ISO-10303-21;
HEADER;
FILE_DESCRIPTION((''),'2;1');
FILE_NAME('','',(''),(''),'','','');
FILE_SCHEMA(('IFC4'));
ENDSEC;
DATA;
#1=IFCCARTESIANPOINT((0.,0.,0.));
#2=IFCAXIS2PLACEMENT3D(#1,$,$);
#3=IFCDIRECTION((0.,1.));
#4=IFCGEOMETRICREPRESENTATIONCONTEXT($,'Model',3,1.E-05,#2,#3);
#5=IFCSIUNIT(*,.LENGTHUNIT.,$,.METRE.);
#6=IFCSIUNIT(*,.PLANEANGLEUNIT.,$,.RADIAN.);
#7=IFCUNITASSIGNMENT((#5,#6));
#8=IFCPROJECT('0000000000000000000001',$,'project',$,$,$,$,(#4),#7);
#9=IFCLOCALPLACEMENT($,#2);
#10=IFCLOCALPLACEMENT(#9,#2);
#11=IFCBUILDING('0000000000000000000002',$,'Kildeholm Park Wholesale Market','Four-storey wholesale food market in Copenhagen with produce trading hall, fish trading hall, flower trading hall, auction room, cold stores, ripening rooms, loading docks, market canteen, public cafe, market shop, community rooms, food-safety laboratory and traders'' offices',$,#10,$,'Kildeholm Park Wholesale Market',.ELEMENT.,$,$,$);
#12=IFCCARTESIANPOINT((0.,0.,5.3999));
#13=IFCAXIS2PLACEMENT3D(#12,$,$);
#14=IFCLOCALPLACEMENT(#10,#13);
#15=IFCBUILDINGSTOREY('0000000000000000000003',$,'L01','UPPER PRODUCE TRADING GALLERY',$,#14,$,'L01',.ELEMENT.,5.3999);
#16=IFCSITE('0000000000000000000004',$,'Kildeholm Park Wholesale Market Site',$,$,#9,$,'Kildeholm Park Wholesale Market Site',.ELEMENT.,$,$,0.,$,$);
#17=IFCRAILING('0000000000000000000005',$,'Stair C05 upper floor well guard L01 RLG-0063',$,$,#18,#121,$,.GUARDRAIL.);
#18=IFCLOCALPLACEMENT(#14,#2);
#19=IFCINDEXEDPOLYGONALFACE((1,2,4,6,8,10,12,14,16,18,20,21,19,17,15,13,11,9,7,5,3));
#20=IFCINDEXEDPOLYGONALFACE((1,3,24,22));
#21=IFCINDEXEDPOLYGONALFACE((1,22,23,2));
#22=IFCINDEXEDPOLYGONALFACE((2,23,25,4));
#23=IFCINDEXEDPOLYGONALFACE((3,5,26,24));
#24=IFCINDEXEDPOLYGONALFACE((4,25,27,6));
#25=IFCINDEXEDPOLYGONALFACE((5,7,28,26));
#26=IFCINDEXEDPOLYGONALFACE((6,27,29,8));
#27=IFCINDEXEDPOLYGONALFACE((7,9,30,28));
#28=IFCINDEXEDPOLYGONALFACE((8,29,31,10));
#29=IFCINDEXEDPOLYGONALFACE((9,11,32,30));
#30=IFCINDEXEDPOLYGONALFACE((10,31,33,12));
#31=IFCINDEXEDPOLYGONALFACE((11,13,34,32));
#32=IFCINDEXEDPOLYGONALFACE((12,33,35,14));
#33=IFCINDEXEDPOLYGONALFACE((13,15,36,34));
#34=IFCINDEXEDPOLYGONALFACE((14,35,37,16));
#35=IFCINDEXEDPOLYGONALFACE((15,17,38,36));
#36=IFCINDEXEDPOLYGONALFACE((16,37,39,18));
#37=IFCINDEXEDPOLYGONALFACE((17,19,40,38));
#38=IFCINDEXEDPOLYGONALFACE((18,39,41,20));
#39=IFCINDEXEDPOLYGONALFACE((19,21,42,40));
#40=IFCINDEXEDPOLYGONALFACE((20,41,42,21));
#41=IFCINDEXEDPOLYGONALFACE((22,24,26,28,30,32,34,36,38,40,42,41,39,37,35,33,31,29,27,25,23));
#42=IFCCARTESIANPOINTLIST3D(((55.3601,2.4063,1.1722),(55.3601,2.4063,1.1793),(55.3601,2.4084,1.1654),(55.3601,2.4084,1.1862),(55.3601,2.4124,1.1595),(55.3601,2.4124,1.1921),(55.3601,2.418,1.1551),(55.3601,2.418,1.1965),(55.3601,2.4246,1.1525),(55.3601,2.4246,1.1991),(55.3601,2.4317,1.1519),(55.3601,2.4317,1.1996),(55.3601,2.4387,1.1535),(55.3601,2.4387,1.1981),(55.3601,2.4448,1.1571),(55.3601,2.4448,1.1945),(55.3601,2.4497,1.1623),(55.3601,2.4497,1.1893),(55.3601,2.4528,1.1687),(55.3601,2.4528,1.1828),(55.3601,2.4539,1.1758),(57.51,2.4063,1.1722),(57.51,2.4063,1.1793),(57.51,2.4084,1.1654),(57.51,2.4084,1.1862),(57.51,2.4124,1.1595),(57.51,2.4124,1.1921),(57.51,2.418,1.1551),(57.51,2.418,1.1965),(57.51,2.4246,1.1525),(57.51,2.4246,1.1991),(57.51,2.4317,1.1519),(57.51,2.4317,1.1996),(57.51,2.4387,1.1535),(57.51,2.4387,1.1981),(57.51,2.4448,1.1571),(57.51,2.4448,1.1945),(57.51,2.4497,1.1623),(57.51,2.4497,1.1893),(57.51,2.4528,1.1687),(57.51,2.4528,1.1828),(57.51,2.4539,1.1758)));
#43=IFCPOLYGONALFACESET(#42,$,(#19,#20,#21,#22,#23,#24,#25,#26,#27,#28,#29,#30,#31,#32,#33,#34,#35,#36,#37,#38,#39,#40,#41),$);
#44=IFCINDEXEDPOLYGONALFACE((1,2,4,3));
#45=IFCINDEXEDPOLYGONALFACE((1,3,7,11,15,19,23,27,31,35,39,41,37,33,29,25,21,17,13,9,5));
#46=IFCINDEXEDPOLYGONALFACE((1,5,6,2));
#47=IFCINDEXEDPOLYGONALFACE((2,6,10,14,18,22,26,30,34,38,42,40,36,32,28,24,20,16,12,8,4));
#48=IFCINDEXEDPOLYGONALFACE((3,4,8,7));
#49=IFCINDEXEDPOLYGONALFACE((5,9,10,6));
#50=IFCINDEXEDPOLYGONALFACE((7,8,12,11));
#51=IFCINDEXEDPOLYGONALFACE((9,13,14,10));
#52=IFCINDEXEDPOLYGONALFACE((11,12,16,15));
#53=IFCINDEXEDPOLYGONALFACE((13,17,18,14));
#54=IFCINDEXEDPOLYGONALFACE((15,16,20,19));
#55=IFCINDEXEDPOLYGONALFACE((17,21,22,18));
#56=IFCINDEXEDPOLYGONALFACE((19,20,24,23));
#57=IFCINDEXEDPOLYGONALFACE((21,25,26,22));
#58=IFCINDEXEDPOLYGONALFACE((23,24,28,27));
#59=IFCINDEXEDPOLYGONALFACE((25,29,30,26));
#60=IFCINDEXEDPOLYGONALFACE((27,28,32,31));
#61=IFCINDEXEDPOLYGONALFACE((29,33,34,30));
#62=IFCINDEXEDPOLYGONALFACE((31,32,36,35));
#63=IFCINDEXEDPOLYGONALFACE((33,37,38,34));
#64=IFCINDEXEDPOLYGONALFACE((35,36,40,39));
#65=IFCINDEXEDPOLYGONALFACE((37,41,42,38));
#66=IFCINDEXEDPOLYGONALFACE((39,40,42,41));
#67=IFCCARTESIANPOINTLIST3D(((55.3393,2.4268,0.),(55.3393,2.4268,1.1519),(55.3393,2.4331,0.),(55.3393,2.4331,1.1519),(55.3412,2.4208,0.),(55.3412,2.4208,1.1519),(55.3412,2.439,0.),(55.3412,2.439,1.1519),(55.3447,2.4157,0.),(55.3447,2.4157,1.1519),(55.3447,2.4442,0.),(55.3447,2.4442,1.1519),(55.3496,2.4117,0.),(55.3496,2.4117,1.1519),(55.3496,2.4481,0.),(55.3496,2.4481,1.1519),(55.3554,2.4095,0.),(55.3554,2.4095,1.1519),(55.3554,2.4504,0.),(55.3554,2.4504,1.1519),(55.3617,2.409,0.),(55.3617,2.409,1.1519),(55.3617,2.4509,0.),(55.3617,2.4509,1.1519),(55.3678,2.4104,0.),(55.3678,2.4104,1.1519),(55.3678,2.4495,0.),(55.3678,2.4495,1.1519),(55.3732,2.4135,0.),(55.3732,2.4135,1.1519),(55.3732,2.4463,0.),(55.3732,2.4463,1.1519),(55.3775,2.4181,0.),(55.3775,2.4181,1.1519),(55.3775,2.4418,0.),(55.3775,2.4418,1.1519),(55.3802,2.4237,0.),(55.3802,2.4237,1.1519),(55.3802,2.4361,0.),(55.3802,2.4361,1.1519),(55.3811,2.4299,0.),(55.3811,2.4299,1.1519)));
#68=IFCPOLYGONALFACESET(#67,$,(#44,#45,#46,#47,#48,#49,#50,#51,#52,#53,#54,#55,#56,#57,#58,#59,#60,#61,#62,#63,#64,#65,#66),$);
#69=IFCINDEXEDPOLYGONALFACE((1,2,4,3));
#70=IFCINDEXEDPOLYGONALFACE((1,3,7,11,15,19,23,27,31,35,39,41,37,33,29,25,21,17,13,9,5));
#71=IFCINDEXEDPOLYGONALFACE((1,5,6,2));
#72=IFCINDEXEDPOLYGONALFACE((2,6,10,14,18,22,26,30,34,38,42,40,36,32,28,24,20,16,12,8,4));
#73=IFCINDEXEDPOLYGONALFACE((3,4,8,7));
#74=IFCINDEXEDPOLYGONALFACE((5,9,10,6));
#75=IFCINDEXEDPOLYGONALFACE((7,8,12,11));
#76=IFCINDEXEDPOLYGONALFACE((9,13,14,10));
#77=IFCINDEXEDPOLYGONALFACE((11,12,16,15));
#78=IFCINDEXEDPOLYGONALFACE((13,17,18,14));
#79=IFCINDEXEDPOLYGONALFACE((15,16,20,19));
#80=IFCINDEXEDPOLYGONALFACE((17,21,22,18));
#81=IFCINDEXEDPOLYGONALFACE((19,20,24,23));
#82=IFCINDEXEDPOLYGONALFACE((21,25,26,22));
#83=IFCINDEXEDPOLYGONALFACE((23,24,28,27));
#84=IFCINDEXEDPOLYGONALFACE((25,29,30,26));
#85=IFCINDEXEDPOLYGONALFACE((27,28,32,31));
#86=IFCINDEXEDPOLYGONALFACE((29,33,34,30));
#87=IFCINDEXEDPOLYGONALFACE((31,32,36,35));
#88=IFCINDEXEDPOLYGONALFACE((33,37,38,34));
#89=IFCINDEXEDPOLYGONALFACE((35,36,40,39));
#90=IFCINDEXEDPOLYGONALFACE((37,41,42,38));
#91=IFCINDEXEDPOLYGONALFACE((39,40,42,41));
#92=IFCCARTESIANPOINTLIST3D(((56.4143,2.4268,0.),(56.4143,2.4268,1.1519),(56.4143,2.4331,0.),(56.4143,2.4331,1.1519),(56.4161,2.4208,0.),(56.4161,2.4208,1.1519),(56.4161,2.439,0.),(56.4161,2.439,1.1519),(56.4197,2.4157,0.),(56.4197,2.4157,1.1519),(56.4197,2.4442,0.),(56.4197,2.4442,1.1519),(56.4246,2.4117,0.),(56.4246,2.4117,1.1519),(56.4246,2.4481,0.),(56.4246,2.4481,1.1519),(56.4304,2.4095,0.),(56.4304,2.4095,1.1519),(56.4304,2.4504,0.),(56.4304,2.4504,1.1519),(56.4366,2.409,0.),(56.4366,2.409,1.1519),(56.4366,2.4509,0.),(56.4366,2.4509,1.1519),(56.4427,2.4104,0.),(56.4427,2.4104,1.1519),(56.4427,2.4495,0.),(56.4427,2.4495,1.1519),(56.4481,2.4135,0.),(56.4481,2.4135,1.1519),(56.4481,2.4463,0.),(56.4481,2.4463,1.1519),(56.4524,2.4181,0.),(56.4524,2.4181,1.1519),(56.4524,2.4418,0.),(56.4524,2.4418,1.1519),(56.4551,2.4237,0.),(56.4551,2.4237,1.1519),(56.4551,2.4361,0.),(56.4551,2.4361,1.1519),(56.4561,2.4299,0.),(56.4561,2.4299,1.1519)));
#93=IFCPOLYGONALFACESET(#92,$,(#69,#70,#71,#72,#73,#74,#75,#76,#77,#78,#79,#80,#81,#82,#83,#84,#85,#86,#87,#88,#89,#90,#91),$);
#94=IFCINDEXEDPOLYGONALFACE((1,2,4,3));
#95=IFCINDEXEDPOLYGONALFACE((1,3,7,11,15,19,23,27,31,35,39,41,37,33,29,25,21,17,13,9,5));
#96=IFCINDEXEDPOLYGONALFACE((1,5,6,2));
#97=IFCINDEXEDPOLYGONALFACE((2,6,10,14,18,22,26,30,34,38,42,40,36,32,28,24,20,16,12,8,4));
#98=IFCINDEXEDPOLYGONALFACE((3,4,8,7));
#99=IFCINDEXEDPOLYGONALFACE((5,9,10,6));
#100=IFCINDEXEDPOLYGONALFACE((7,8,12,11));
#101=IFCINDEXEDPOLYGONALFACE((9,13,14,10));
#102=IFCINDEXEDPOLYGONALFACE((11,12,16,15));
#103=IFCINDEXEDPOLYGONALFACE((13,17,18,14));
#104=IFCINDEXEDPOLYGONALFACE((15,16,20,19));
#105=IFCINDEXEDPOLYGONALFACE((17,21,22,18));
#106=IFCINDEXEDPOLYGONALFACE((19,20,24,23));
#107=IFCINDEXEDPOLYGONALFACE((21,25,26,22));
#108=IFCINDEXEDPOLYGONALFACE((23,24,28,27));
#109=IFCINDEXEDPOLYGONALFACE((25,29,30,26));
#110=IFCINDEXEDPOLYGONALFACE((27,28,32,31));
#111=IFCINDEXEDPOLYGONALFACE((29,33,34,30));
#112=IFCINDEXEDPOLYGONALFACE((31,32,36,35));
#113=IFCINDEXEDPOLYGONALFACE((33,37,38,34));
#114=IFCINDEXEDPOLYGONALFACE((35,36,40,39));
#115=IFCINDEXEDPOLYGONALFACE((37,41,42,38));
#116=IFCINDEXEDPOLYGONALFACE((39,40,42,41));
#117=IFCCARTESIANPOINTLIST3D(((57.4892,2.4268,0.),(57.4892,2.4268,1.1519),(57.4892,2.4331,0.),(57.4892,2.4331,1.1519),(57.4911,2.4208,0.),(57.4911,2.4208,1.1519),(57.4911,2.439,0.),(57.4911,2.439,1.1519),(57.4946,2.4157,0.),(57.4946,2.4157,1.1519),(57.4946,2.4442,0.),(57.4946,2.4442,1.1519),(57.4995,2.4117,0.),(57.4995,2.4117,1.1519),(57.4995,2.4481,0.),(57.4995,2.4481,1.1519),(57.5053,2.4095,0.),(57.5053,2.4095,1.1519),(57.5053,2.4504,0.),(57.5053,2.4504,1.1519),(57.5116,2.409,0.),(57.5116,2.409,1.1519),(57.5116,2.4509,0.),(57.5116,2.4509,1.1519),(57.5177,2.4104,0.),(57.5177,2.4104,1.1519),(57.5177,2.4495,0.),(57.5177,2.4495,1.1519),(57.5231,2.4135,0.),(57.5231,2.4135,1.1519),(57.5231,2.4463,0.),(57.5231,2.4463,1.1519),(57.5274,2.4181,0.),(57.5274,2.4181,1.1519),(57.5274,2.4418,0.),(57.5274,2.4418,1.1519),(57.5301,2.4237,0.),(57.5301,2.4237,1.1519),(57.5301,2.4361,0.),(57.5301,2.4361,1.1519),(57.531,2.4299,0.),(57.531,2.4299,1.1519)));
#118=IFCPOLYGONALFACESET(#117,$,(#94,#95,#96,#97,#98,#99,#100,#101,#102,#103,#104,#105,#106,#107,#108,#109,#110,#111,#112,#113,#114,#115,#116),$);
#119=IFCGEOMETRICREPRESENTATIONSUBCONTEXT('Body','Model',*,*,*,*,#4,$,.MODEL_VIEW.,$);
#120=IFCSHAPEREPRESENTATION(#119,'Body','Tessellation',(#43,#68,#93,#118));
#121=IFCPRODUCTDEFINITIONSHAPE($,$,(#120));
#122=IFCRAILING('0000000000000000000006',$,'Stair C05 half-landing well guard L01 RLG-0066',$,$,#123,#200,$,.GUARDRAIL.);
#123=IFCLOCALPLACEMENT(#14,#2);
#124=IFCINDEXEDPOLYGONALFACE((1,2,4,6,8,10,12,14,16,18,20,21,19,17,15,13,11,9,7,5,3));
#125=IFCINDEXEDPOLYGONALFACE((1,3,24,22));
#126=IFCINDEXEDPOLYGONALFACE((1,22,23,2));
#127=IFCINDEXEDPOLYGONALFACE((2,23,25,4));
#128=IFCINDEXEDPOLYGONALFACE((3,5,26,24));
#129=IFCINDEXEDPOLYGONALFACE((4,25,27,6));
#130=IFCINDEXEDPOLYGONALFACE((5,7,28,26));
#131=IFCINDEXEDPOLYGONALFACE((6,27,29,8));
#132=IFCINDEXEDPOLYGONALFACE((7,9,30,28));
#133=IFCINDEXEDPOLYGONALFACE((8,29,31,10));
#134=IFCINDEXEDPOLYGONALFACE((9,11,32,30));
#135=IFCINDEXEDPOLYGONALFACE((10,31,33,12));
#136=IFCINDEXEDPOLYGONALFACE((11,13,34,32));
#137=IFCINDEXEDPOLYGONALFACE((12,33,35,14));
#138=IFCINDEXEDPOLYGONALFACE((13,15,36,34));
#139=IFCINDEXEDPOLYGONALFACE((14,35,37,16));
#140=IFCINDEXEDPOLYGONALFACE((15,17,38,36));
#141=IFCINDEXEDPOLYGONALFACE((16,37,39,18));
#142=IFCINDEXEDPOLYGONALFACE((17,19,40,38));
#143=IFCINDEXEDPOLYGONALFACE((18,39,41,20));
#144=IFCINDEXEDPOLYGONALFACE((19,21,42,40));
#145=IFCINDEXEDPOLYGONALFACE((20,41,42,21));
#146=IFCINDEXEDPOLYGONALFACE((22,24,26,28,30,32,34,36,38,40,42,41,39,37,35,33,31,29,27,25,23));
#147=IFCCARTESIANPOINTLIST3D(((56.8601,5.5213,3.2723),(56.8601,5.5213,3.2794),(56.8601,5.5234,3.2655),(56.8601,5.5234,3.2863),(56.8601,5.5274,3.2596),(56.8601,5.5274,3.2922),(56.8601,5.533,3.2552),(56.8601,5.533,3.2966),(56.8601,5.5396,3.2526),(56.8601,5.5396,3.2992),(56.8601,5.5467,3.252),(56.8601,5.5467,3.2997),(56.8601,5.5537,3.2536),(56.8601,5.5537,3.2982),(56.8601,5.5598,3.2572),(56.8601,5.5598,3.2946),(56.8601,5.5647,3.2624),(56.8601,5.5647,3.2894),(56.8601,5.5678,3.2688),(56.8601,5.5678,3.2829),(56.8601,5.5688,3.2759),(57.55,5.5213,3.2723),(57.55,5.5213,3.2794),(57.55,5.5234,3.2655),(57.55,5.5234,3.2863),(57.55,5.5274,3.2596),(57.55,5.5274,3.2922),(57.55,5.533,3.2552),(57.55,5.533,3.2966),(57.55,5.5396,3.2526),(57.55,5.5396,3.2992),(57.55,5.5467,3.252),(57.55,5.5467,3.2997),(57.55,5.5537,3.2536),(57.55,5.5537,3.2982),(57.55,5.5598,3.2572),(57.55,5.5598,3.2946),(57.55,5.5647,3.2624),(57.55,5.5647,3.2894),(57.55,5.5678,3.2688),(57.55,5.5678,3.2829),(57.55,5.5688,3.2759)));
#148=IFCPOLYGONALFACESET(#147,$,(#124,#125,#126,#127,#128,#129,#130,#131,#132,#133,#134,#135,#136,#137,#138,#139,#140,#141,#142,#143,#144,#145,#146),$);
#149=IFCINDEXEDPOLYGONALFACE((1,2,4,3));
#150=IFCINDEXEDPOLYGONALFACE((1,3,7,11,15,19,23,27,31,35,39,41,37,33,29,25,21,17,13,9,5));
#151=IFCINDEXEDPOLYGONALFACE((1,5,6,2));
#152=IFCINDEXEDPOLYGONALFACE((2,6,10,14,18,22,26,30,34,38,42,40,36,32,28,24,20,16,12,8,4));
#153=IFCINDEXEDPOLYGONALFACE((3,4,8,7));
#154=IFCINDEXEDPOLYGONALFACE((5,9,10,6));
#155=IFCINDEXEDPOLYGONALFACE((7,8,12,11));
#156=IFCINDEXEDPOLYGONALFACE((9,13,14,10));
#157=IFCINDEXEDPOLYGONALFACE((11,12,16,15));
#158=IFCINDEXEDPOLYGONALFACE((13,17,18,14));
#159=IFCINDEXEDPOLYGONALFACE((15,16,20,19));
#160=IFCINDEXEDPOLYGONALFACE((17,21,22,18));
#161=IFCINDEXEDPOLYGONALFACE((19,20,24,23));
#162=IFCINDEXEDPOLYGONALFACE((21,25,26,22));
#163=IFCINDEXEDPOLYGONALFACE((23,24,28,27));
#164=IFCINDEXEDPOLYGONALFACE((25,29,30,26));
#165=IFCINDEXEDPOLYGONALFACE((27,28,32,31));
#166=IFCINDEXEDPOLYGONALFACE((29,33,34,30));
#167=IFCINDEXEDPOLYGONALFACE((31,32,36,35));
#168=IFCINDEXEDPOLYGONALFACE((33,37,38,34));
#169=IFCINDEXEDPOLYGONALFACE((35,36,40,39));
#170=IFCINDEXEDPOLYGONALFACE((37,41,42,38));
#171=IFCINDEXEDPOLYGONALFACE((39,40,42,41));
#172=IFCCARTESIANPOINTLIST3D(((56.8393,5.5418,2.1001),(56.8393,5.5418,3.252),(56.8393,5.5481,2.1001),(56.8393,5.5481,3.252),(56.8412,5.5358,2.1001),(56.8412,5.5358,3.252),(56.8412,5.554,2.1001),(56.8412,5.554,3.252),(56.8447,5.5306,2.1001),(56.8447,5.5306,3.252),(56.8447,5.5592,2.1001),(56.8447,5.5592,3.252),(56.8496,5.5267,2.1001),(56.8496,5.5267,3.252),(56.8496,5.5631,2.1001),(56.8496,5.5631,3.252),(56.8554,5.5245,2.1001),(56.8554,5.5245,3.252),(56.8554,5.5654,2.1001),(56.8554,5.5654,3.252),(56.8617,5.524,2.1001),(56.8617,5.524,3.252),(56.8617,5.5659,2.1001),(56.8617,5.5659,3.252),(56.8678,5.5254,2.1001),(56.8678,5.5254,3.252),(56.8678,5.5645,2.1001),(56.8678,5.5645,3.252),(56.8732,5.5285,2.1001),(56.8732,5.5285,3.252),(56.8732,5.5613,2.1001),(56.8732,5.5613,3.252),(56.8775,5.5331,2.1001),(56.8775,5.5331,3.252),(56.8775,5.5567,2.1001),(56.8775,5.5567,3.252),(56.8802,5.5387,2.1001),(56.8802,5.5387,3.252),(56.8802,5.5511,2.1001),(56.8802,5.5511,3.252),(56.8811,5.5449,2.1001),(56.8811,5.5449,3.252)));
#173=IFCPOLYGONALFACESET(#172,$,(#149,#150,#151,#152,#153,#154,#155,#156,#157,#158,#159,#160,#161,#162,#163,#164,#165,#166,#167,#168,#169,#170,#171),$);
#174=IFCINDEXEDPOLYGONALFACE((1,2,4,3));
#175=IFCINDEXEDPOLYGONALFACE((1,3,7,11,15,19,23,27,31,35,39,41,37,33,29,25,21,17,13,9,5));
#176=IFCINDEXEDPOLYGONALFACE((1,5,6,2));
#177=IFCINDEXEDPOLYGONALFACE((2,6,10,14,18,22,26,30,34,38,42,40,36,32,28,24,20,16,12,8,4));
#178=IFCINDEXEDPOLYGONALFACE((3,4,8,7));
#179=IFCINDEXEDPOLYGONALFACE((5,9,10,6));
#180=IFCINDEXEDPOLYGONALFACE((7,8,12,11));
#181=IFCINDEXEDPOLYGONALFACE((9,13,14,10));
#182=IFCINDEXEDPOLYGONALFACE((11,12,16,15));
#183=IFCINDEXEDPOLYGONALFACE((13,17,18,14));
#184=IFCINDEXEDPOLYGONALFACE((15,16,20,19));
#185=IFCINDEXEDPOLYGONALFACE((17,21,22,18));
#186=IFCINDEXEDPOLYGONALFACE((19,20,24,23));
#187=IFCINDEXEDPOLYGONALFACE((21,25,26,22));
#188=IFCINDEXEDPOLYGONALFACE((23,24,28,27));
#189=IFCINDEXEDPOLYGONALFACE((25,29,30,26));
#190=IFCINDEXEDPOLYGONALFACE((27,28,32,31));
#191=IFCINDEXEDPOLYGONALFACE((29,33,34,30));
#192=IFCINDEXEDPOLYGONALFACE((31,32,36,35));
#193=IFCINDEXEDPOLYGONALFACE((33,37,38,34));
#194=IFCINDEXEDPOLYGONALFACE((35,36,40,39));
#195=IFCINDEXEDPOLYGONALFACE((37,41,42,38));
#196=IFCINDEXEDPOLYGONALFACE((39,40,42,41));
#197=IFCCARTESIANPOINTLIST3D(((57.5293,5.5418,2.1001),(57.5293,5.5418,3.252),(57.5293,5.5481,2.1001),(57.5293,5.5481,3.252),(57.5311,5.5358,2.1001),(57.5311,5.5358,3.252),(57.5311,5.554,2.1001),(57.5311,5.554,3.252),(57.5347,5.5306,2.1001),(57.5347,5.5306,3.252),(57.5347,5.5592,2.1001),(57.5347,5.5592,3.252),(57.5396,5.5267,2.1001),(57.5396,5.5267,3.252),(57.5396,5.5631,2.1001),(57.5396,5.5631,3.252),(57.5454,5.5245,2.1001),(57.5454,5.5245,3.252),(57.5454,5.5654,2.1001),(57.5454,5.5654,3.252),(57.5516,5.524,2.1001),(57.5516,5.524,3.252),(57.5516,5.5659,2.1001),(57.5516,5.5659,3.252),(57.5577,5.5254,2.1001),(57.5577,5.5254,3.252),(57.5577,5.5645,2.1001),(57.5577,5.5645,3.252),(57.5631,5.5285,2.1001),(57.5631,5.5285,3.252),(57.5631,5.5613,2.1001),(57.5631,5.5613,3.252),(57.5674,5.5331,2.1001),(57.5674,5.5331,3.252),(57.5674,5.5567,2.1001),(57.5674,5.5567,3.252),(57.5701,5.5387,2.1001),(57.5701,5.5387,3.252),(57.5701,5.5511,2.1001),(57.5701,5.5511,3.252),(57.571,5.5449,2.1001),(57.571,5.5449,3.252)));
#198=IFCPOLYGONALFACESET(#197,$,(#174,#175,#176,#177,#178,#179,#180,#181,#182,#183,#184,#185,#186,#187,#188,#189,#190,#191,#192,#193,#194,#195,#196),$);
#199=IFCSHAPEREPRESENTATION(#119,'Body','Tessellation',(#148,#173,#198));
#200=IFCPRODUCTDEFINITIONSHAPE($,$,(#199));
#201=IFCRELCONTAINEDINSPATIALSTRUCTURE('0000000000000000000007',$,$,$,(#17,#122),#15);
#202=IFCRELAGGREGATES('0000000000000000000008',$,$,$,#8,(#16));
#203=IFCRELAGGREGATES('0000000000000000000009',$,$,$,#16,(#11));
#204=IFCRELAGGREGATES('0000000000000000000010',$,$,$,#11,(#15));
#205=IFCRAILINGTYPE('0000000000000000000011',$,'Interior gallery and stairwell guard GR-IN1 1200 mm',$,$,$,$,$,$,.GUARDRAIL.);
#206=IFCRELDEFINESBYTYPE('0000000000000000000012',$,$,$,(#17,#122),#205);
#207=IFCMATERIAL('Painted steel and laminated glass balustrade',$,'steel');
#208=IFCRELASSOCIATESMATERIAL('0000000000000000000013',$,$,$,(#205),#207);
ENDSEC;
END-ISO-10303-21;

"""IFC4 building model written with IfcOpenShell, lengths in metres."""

from ifc_helpers import new_model, si_unit, direction, frame, origin, origin_2d, place, context, subcontext, project, spatial, circle, extrude, material, type_object, element, save


model = new_model("IFC4")

# Units and contexts
model_context = context("Model", 3, precision=1e-05, world=origin(), true_north=direction((0.0, 1.0)))
body_context = subcontext(model_context, "Body", "Model", "MODEL_VIEW")
ifc_project = project(units=[si_unit("LENGTHUNIT", "METRE"), si_unit("PLANEANGLEUNIT", "RADIAN")], contexts=[model_context])

# Site, building, storey
site_placement = place(None, origin())
site = spatial("IfcSite", under=ifc_project, at=site_placement, Name="Kildeholm Park Wholesale Market Site", LongName="Kildeholm Park Wholesale Market Site", CompositionType="ELEMENT", RefElevation=0.0)
building_placement = place(site_placement, origin())
building = spatial("IfcBuilding", under=site, at=building_placement, Name="Kildeholm Park Wholesale Market", Description="Four-storey wholesale food market in Copenhagen with produce trading hall, fish trading hall, flower trading hall, auction room, cold stores, ripening rooms, loading docks, market canteen, public cafe, market shop, community rooms, food-safety laboratory and traders' offices", LongName="Kildeholm Park Wholesale Market", CompositionType="ELEMENT")
storey_placement = place(building_placement, frame((0.0, 0.0, 5.3999)))
storey = spatial("IfcBuildingStorey", under=building, at=storey_placement, Name="L01", Description="UPPER PRODUCE TRADING GALLERY", LongName="L01", CompositionType="ELEMENT", Elevation=5.3999)

# Railings
ifc_material_1 = material(Name="Painted steel and laminated glass balustrade", Category="steel")
railing_type_1 = type_object("IfcRailingType", Name="Interior gallery and stairwell guard GR-IN1 1200 mm", PredefinedType="GUARDRAIL", material=ifc_material_1)
railing_1_placement = place(storey_placement, frame((55.3601, 2.4299, 0.0)))
element("IfcRailing", 1, at=railing_1_placement, inside=storey, type_object=railing_type_1, Name="Stair C05 upper floor well guard L01 RLG-0063", PredefinedType="GUARDRAIL", context=body_context, shape_type="SweptSolid", body=[
    extrude(circle(Radius=0.0239, at=origin_2d()), frame((0.0, 0.0, 1.1758), z_axis=(1.0, 0.0, 0.0), x_axis=(0.0, 1.0, 0.0)), (0.0, 0.0, 1.0), 2.1499),
    extrude(circle(Radius=0.021, at=origin_2d()), origin(), (0.0, 0.0, 1.0), 1.1519),
    extrude(circle(Radius=0.021, at=origin_2d()), frame((1.075, 0.0, 0.0)), (0.0, 0.0, 1.0), 1.1519),
    extrude(circle(Radius=0.021, at=origin_2d()), frame((2.1499, 0.0, 0.0)), (0.0, 0.0, 1.0), 1.1519),
])
railing_2_placement = place(storey_placement, frame((56.8601, 5.5449, 2.1001)))
element("IfcRailing", 2, at=railing_2_placement, inside=storey, type_object=railing_type_1, Name="Stair C05 half-landing well guard L01 RLG-0066", PredefinedType="GUARDRAIL", context=body_context, shape_type="SweptSolid", body=[
    extrude(circle(Radius=0.0239, at=origin_2d()), frame((0.0, 0.0, 1.1758), z_axis=(1.0, 0.0, 0.0), x_axis=(0.0, 1.0, 0.0)), (0.0, 0.0, 1.0), 0.6899),
    extrude(circle(Radius=0.021, at=origin_2d()), origin(), (0.0, 0.0, 1.0), 1.1519),
    extrude(circle(Radius=0.021, at=origin_2d()), frame((0.6899, 0.0, 0.0)), (0.0, 0.0, 1.0), 1.1519),
])

save(model, "model.ifc")
